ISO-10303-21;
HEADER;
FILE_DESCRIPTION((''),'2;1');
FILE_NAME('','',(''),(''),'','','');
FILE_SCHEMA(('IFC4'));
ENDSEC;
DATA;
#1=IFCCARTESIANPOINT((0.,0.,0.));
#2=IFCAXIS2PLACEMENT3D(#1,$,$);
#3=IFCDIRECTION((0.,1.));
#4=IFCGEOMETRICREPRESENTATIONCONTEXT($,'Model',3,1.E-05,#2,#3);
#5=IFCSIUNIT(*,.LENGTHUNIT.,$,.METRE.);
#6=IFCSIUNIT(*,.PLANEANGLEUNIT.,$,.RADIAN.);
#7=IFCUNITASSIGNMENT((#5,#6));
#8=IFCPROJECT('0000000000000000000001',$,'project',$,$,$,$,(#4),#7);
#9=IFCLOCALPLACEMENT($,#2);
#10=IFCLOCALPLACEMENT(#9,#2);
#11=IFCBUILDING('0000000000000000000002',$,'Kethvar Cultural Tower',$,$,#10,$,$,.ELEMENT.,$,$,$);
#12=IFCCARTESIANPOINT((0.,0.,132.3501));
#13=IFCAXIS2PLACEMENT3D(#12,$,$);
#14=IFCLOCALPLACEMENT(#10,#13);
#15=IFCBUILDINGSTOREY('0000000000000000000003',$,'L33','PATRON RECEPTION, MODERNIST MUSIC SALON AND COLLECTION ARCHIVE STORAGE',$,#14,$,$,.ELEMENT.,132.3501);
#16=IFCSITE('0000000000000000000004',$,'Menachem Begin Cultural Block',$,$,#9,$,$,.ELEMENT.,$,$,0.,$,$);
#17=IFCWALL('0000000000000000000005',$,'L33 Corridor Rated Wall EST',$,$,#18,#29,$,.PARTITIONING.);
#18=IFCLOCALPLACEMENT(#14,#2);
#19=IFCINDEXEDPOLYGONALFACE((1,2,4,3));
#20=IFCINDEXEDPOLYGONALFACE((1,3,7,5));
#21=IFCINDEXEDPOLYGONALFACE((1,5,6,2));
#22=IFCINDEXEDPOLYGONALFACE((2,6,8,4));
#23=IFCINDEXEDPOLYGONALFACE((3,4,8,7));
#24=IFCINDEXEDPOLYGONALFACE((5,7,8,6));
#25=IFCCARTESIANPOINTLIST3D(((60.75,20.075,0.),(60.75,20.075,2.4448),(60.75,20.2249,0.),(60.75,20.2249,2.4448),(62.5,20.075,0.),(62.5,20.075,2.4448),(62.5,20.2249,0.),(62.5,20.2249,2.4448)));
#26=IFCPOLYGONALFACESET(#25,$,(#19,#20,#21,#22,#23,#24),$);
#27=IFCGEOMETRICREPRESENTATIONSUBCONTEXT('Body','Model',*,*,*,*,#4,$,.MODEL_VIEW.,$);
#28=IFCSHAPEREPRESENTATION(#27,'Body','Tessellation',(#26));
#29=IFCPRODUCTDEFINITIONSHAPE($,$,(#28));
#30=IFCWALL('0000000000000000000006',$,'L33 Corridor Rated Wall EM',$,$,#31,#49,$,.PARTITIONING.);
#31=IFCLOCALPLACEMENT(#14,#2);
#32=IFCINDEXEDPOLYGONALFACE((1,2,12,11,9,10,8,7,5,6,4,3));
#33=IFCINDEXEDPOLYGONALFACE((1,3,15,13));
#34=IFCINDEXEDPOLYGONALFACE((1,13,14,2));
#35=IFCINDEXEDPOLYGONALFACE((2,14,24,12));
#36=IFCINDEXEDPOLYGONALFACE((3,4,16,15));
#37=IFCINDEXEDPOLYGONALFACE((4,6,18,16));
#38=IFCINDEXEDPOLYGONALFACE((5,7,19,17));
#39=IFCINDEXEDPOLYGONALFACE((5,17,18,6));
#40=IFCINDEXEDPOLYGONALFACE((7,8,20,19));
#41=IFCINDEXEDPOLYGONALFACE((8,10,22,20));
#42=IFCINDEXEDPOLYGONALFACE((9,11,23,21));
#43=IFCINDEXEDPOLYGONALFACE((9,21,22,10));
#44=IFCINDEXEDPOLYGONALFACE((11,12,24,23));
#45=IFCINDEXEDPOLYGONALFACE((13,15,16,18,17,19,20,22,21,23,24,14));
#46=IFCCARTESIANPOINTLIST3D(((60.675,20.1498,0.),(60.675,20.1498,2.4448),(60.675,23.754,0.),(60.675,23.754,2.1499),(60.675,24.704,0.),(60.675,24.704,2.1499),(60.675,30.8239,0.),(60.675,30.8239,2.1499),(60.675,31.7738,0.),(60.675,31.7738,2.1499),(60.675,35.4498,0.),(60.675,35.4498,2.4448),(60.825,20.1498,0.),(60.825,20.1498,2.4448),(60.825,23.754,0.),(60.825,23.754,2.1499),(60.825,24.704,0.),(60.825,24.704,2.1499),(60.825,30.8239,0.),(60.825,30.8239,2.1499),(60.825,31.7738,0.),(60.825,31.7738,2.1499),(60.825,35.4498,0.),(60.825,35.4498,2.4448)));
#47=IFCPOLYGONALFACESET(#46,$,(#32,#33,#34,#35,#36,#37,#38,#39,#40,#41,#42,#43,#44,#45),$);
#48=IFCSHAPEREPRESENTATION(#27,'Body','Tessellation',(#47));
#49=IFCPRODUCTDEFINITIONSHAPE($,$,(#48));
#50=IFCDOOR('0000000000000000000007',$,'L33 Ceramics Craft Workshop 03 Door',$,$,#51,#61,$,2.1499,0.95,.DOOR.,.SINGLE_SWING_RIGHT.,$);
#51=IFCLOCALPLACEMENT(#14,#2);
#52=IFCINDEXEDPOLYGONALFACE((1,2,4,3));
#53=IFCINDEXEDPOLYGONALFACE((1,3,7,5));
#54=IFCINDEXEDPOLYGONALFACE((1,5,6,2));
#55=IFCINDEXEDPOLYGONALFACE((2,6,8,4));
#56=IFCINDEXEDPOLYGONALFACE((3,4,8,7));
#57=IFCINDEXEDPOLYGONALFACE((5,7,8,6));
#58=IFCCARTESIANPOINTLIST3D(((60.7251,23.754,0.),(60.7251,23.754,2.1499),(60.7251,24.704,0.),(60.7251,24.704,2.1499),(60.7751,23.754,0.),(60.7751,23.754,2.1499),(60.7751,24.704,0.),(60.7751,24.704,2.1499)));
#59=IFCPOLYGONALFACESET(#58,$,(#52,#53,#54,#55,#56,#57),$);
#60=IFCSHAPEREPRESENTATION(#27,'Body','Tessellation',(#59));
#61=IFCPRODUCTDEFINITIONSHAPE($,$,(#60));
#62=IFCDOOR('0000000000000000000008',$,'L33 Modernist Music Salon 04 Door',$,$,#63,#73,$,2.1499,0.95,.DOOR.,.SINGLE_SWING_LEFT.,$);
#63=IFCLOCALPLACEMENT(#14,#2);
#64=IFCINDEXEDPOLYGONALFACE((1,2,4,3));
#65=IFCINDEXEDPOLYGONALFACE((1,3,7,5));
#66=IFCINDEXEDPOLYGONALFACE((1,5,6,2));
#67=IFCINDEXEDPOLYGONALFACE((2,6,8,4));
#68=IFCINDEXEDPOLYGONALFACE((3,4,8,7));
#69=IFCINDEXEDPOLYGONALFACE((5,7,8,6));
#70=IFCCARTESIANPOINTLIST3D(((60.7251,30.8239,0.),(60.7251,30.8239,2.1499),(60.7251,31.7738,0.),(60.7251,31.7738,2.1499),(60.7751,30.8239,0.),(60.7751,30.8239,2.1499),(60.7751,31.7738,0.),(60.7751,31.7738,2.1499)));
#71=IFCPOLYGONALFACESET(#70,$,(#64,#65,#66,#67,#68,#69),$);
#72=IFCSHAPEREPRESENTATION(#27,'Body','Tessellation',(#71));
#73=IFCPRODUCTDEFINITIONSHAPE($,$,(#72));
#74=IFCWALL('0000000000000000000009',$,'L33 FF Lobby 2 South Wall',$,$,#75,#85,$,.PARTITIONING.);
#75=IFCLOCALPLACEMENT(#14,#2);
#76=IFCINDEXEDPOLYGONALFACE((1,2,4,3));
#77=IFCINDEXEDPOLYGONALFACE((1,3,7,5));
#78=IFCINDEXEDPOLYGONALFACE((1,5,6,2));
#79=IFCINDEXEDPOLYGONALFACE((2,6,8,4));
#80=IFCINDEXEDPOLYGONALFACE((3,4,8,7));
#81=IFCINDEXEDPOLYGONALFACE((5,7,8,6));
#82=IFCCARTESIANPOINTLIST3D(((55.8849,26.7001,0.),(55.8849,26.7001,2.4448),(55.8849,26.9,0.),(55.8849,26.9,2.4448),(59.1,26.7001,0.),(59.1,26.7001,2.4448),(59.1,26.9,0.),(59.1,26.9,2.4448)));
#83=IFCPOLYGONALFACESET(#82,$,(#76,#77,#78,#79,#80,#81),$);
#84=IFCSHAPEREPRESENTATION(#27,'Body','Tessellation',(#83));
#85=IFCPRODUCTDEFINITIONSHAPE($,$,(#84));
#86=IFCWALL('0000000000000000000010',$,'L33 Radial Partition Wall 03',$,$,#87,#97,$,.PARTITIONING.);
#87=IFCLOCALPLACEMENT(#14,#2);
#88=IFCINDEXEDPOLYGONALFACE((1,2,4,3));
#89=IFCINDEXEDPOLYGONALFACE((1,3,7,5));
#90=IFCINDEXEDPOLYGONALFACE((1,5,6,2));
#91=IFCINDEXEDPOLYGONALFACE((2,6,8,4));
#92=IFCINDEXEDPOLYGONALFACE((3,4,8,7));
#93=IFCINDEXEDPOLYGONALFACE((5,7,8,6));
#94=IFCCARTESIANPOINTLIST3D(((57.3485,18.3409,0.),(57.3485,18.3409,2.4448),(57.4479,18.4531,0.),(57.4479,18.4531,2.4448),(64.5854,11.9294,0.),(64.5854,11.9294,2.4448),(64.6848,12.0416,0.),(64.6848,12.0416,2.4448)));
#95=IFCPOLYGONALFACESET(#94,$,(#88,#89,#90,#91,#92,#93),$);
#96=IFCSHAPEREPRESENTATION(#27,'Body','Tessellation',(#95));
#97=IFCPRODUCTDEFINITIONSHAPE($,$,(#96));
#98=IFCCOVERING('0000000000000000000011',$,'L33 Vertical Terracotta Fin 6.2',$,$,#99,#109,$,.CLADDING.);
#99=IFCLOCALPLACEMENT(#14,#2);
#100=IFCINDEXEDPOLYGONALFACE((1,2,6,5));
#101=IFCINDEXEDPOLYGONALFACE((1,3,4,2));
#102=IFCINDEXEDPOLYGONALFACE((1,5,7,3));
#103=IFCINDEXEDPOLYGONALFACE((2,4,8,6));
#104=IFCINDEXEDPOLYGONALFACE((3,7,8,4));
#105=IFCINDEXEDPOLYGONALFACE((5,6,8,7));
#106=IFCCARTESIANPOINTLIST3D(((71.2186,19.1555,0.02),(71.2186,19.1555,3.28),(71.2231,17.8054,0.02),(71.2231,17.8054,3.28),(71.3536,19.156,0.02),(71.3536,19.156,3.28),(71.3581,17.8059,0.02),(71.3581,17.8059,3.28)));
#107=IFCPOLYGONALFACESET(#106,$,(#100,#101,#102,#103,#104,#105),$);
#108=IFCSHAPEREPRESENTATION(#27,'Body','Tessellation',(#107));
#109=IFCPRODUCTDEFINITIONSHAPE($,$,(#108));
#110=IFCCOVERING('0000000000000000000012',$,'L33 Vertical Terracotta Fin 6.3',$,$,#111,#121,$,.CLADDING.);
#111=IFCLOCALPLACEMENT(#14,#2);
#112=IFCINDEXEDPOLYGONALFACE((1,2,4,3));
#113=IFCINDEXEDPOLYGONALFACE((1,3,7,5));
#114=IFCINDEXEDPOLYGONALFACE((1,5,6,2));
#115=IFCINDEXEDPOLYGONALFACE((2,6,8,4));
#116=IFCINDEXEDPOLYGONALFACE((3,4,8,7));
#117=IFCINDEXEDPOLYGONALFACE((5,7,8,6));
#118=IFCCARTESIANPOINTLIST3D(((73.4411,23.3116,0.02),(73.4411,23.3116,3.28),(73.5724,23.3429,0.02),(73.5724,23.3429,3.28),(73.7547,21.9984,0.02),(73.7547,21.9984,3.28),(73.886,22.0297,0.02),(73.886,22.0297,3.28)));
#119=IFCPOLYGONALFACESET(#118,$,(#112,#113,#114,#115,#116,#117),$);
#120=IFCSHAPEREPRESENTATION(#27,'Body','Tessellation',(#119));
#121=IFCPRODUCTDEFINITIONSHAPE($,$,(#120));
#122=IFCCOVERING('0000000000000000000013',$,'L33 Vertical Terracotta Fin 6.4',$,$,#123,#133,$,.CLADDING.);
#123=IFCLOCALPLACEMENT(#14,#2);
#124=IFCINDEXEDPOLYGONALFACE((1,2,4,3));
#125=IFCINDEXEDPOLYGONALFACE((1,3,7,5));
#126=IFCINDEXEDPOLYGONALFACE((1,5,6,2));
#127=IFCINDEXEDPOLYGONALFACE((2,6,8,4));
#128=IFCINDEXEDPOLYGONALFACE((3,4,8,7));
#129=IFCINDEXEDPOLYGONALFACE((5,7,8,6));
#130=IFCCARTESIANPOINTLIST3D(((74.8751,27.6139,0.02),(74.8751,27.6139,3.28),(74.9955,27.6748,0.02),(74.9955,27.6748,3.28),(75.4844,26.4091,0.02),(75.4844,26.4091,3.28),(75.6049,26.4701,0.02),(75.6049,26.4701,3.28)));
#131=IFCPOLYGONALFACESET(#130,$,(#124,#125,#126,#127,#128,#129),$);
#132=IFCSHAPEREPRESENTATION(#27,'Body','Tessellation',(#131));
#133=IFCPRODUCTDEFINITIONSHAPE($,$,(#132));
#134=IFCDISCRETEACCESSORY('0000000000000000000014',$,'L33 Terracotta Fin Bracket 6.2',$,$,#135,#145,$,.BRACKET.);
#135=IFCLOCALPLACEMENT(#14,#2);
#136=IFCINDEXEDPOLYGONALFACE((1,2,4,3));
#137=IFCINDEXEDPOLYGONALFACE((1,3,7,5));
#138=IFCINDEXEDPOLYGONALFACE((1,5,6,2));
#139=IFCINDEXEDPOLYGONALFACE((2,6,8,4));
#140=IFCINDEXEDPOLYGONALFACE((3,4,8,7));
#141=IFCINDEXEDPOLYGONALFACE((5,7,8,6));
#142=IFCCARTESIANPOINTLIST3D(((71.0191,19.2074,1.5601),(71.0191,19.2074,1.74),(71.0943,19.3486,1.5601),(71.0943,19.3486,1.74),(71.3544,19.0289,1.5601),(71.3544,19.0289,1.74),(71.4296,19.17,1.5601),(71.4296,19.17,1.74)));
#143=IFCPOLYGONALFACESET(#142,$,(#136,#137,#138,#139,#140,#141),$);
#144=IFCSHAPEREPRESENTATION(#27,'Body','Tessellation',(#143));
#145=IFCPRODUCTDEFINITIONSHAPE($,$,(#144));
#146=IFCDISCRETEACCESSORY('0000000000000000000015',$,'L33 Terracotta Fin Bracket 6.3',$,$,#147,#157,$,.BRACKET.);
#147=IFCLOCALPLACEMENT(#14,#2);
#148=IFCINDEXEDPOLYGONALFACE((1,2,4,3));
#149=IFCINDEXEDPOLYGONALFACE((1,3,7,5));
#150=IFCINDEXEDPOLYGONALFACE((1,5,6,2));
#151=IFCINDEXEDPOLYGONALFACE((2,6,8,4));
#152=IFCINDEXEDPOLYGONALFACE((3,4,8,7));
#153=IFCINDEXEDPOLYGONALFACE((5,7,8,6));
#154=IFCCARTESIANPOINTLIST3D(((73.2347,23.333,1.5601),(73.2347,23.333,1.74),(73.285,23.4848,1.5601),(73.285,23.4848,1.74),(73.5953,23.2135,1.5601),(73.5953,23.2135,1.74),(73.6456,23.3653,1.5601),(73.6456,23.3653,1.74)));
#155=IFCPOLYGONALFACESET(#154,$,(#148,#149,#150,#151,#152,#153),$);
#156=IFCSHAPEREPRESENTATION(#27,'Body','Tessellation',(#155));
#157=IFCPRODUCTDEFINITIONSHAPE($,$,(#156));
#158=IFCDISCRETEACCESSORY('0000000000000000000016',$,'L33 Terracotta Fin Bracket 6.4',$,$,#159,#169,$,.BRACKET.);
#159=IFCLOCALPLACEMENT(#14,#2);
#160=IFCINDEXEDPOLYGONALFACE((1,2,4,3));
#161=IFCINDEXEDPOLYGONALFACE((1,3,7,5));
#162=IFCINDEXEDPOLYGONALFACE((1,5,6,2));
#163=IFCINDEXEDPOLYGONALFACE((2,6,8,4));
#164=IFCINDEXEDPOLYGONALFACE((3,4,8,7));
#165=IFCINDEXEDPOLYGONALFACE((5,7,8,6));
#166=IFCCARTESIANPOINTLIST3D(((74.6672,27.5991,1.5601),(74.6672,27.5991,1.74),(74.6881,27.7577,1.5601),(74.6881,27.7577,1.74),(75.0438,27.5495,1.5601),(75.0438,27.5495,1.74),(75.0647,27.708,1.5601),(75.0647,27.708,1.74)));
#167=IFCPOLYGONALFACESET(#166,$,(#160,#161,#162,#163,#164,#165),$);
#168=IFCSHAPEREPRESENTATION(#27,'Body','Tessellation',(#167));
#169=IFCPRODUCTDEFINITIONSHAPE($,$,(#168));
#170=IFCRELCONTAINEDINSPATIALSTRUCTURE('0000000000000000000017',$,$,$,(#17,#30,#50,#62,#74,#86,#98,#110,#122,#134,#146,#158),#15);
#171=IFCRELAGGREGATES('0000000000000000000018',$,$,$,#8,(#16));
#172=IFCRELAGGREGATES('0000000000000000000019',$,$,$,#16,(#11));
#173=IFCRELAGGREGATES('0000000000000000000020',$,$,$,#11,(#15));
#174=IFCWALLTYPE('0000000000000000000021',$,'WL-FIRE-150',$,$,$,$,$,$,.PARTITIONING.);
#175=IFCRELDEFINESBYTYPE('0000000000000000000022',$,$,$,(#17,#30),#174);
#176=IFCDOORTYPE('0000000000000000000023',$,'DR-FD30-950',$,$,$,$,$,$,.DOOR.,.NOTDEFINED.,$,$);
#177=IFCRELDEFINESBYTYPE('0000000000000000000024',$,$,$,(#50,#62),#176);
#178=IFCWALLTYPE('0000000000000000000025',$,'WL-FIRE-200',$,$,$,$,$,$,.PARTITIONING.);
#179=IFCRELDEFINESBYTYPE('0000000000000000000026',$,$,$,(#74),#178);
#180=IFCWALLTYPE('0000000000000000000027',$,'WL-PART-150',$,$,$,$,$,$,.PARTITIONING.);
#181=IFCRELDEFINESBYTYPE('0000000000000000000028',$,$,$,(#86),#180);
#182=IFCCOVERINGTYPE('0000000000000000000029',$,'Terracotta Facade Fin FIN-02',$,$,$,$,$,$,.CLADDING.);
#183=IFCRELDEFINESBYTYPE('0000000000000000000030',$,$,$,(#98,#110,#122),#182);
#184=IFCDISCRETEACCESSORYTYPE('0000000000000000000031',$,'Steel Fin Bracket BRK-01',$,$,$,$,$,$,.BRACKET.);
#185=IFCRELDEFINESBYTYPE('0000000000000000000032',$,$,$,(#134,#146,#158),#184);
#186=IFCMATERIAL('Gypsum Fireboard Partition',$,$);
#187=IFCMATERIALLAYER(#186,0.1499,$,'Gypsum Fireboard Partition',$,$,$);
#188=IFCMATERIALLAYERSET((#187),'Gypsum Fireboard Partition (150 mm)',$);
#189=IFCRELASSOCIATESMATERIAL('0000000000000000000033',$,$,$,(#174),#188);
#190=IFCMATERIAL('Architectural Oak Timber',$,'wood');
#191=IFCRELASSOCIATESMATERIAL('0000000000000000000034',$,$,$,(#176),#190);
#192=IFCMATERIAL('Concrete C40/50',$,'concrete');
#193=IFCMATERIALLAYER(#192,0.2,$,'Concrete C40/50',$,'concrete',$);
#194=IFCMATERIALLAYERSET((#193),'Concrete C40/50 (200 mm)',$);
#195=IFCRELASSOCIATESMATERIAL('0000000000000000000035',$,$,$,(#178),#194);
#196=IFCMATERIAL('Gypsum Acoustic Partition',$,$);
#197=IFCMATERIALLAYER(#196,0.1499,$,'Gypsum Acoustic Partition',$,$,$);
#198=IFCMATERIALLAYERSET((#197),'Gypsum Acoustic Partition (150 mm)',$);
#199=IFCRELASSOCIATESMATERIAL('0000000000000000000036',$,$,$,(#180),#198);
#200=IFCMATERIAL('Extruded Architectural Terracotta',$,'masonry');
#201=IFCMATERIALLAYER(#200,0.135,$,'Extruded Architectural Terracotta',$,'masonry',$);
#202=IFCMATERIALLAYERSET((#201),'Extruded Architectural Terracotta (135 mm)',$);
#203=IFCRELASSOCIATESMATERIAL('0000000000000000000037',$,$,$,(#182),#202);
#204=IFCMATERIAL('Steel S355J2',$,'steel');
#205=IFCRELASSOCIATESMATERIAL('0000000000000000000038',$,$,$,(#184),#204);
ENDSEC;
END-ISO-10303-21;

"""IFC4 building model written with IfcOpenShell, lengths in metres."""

from ifc_helpers import new_model, si_unit, direction, frame, frame_2d, origin, origin_2d, place, context, subcontext, project, spatial, rectangle, extrude, source, transform, mapped, material, layer, layer_set, type_object, element, fill, save


model = new_model("IFC4")

# Units and contexts
model_context = context("Model", 3, precision=1e-05, world=origin(), true_north=direction((0.0, 1.0)))
body_context = subcontext(model_context, "Body", "Model", "MODEL_VIEW")
ifc_project = project(units=[si_unit("LENGTHUNIT", "METRE"), si_unit("PLANEANGLEUNIT", "RADIAN")], contexts=[model_context])

# Site, building, storey
site_placement = place(None, origin())
site = spatial("IfcSite", under=ifc_project, at=site_placement, Name="Menachem Begin Cultural Block", CompositionType="ELEMENT", RefElevation=0.0)
building_placement = place(site_placement, origin())
building = spatial("IfcBuilding", under=site, at=building_placement, Name="Kethvar Cultural Tower", CompositionType="ELEMENT")
storey_placement = place(building_placement, frame((0.0, 0.0, 132.3501)))
storey = spatial("IfcBuildingStorey", under=building, at=storey_placement, Name="L33", Description="PATRON RECEPTION, MODERNIST MUSIC SALON AND COLLECTION ARCHIVE STORAGE", CompositionType="ELEMENT", Elevation=132.3501)

# Shared definitions
ifc_material_1 = material(Name="Steel S355J2", Category="steel")

# Wall
ifc_material_2 = material(Name="Gypsum Fireboard Partition")
ifc_layer_1 = layer(ifc_material_2, 0.1499, Name="Gypsum Fireboard Partition")
ifc_layer_set_1 = layer_set([ifc_layer_1], Name="Gypsum Fireboard Partition (150 mm)")
wall_type_1 = type_object("IfcWallType", Name="WL-FIRE-150", PredefinedType="PARTITIONING", material=ifc_layer_set_1)
wall_1_placement = place(storey_placement, frame((62.5, 20.1499, 0.0), z_axis=(0.0, 0.0, 1.0), x_axis=(-1.0, 0.0, 0.0)))
element("IfcWall", 1, at=wall_1_placement, inside=storey, type_object=wall_type_1, Name="L33 Corridor Rated Wall EST", PredefinedType="PARTITIONING", context=body_context, shape_type="SweptSolid", body=[
    extrude(rectangle(XDim=1.75, YDim=0.1499, at=frame_2d((0.875, 0.0))), origin(), (0.0, 0.0, 1.0), 2.4448),
])

# Wall, openings, doors
wall_2_placement = place(storey_placement, frame((60.75, 20.1499, 0.0), z_axis=(0.0, 0.0, 1.0), x_axis=(0.0, 1.0, 0.0)))
wall_2 = element("IfcWall", 2, at=wall_2_placement, inside=storey, type_object=wall_type_1, Name="L33 Corridor Rated Wall EM", PredefinedType="PARTITIONING", context=body_context, shape_type="SweptSolid", body=[
    extrude(rectangle(XDim=15.3, YDim=0.1499, at=frame_2d((7.6499, 0.0))), origin(), (0.0, 0.0, 1.0), 2.4448),
])
opening_1_placement = place(wall_2_placement, frame((3.604, 0.0, 0.0)))
opening_1 = element("IfcOpeningElement", 3, at=opening_1_placement, cuts=wall_2, PredefinedType="OPENING", context=body_context, shape_type="SweptSolid", body=[
    extrude(rectangle(XDim=0.95, YDim=2.1499, at=frame_2d((0.4751, 1.075))), frame((0.0, 0.085, 0.0), z_axis=(0.0, -1.0, 0.0), x_axis=(1.0, 0.0, 0.0)), (0.0, 0.0, 1.0), 0.1699),
])
opening_2_placement = place(wall_2_placement, frame((10.6738, 0.0, 0.0)))
opening_2 = element("IfcOpeningElement", 4, at=opening_2_placement, cuts=wall_2, PredefinedType="OPENING", context=body_context, shape_type="SweptSolid", body=[
    extrude(rectangle(XDim=0.95, YDim=2.1499, at=frame_2d((0.4751, 1.075))), frame((0.0, 0.085, 0.0), z_axis=(0.0, -1.0, 0.0), x_axis=(1.0, 0.0, 0.0)), (0.0, 0.0, 1.0), 0.1699),
])
ifc_material_3 = material(Name="Architectural Oak Timber", Category="wood")
door_type_1 = type_object("IfcDoorType", Name="DR-FD30-950", OperationType="NOTDEFINED", PredefinedType="DOOR", material=ifc_material_3)
shared_shape_1 = source(origin(), body_context, "Body", "SweptSolid", [
    extrude(rectangle(XDim=0.95, YDim=2.1499, at=frame_2d((0.4751, 1.075))), frame((0.0, 0.0249, 0.0), z_axis=(0.0, -1.0, 0.0), x_axis=(1.0, 0.0, 0.0)), (0.0, 0.0, 1.0), 0.05),
])
door_1_placement = place(opening_1_placement, origin())
door_1 = element("IfcDoor", 5, at=door_1_placement, inside=storey, type_object=door_type_1, Name="L33 Ceramics Craft Workshop 03 Door", OperationType="SINGLE_SWING_RIGHT", OverallHeight=2.1499, OverallWidth=0.95, PredefinedType="DOOR", context=body_context, shape_type="MappedRepresentation", body=[
    mapped(shared_shape_1, transform((0.0, 0.0, 0.0), scale=1.0)),
])
fill(opening_1, door_1)
door_2_placement = place(opening_2_placement, origin())
door_2 = element("IfcDoor", 6, at=door_2_placement, inside=storey, type_object=door_type_1, Name="L33 Modernist Music Salon 04 Door", OperationType="SINGLE_SWING_LEFT", OverallHeight=2.1499, OverallWidth=0.95, PredefinedType="DOOR", context=body_context, shape_type="MappedRepresentation", body=[
    mapped(shared_shape_1, transform((0.0, 0.0, 0.0), scale=1.0)),
])
fill(opening_2, door_2)

# Shared definitions
ifc_material_4 = material(Name="Concrete C40/50", Category="concrete")
ifc_layer_2 = layer(ifc_material_4, 0.2, Name="Concrete C40/50", Category="concrete")
ifc_layer_set_2 = layer_set([ifc_layer_2], Name="Concrete C40/50 (200 mm)")
wall_type_2 = type_object("IfcWallType", Name="WL-FIRE-200", PredefinedType="PARTITIONING", material=ifc_layer_set_2)

# Walls
wall_3_placement = place(storey_placement, frame((55.885, 26.8, 0.0), z_axis=(0.0, 0.0, 1.0), x_axis=(1.0, 0.0, 0.0)))
element("IfcWall", 7, at=wall_3_placement, inside=storey, type_object=wall_type_2, Name="L33 FF Lobby 2 South Wall", PredefinedType="PARTITIONING", context=body_context, shape_type="SweptSolid", body=[
    extrude(rectangle(XDim=3.2151, YDim=0.2, at=frame_2d((1.6074, 0.0))), origin(), (0.0, 0.0, 1.0), 2.4448),
])
ifc_material_5 = material(Name="Gypsum Acoustic Partition")
ifc_layer_3 = layer(ifc_material_5, 0.1499, Name="Gypsum Acoustic Partition")
ifc_layer_set_3 = layer_set([ifc_layer_3], Name="Gypsum Acoustic Partition (150 mm)")
wall_type_3 = type_object("IfcWallType", Name="WL-PART-150", PredefinedType="PARTITIONING", material=ifc_layer_set_3)
wall_4_placement = place(storey_placement, frame((57.3982, 18.397, 0.0), z_axis=(0.0, 0.0, 1.0), x_axis=(0.748505, -0.663129, 0.0)))
element("IfcWall", 8, at=wall_4_placement, inside=storey, type_object=wall_type_3, Name="L33 Radial Partition Wall 03", PredefinedType="PARTITIONING", context=body_context, shape_type="SweptSolid", body=[
    extrude(rectangle(XDim=9.6685, YDim=0.1499, at=frame_2d((4.8342, 0.0))), origin(), (0.0, 0.0, 1.0), 2.4448),
])

# Coverings
ifc_material_6 = material(Name="Extruded Architectural Terracotta", Category="masonry")
ifc_layer_4 = layer(ifc_material_6, 0.135, Name="Extruded Architectural Terracotta", Category="masonry")
ifc_layer_set_4 = layer_set([ifc_layer_4], Name="Extruded Architectural Terracotta (135 mm)")
covering_type = type_object("IfcCoveringType", Name="Terracotta Facade Fin FIN-02", PredefinedType="CLADDING", material=ifc_layer_set_4)
shared_shape_2 = source(origin(), body_context, "Body", "SweptSolid", [
    extrude(rectangle(XDim=1.3501, YDim=0.135, at=origin_2d()), origin(), (0.0, 0.0, 1.0), 3.26),
])
for number, where, z_axis, x_axis, name in (
    (9, (71.2883, 18.4807, 0.02), (0.0, 0.0, 1.0), (0.003316, -0.999995, 0.0), "L33 Vertical Terracotta Fin 6.2"),
    (10, (73.6636, 22.6707, 0.02), (0.0, 0.0, 1.0), (0.232257, -0.972654, 0.0), "L33 Vertical Terracotta Fin 6.3"),
    (11, (75.24, 27.042, 0.02), (0.0, 0.0, 1.0), (0.451345, -0.89235, 0.0), "L33 Vertical Terracotta Fin 6.4"),
):
    element("IfcCovering", number, at=place(storey_placement, frame(where, z_axis=z_axis, x_axis=x_axis)), inside=storey, type_object=covering_type, Name=name, PredefinedType="CLADDING", context=body_context, shape_type="MappedRepresentation", body=[
        mapped(shared_shape_2, transform((0.0, 0.0, 0.0), scale=1.0)),
    ])

# Discrete accessories
discrete_accessory_type = type_object("IfcDiscreteAccessoryType", Name="Steel Fin Bracket BRK-01", PredefinedType="BRACKET", material=ifc_material_1)
shared_shape_3 = source(origin(), body_context, "Body", "SweptSolid", [
    extrude(rectangle(XDim=0.3799, YDim=0.1599, at=origin_2d()), origin(), (0.0, 0.0, 1.0), 0.1799),
])
for number, where, z_axis, x_axis, name in (
    (12, (71.2244, 19.1887, 1.5601), (0.0, 0.0, 1.0), (0.88262, -0.470088, 0.0), "L33 Terracotta Fin Bracket 6.2"),
    (13, (73.4402, 23.3491, 1.5601), (0.0, 0.0, 1.0), (0.949261, -0.31449, 0.0), "L33 Terracotta Fin Bracket 6.3"),
    (14, (74.866, 27.6536, 1.5601), (0.0, 0.0, 1.0), (0.991422, -0.130699, 0.0), "L33 Terracotta Fin Bracket 6.4"),
):
    element("IfcDiscreteAccessory", number, at=place(storey_placement, frame(where, z_axis=z_axis, x_axis=x_axis)), inside=storey, type_object=discrete_accessory_type, Name=name, PredefinedType="BRACKET", context=body_context, shape_type="MappedRepresentation", body=[
        mapped(shared_shape_3, transform((0.0, 0.0, 0.0), scale=1.0)),
    ])

save(model, "model.ifc")
